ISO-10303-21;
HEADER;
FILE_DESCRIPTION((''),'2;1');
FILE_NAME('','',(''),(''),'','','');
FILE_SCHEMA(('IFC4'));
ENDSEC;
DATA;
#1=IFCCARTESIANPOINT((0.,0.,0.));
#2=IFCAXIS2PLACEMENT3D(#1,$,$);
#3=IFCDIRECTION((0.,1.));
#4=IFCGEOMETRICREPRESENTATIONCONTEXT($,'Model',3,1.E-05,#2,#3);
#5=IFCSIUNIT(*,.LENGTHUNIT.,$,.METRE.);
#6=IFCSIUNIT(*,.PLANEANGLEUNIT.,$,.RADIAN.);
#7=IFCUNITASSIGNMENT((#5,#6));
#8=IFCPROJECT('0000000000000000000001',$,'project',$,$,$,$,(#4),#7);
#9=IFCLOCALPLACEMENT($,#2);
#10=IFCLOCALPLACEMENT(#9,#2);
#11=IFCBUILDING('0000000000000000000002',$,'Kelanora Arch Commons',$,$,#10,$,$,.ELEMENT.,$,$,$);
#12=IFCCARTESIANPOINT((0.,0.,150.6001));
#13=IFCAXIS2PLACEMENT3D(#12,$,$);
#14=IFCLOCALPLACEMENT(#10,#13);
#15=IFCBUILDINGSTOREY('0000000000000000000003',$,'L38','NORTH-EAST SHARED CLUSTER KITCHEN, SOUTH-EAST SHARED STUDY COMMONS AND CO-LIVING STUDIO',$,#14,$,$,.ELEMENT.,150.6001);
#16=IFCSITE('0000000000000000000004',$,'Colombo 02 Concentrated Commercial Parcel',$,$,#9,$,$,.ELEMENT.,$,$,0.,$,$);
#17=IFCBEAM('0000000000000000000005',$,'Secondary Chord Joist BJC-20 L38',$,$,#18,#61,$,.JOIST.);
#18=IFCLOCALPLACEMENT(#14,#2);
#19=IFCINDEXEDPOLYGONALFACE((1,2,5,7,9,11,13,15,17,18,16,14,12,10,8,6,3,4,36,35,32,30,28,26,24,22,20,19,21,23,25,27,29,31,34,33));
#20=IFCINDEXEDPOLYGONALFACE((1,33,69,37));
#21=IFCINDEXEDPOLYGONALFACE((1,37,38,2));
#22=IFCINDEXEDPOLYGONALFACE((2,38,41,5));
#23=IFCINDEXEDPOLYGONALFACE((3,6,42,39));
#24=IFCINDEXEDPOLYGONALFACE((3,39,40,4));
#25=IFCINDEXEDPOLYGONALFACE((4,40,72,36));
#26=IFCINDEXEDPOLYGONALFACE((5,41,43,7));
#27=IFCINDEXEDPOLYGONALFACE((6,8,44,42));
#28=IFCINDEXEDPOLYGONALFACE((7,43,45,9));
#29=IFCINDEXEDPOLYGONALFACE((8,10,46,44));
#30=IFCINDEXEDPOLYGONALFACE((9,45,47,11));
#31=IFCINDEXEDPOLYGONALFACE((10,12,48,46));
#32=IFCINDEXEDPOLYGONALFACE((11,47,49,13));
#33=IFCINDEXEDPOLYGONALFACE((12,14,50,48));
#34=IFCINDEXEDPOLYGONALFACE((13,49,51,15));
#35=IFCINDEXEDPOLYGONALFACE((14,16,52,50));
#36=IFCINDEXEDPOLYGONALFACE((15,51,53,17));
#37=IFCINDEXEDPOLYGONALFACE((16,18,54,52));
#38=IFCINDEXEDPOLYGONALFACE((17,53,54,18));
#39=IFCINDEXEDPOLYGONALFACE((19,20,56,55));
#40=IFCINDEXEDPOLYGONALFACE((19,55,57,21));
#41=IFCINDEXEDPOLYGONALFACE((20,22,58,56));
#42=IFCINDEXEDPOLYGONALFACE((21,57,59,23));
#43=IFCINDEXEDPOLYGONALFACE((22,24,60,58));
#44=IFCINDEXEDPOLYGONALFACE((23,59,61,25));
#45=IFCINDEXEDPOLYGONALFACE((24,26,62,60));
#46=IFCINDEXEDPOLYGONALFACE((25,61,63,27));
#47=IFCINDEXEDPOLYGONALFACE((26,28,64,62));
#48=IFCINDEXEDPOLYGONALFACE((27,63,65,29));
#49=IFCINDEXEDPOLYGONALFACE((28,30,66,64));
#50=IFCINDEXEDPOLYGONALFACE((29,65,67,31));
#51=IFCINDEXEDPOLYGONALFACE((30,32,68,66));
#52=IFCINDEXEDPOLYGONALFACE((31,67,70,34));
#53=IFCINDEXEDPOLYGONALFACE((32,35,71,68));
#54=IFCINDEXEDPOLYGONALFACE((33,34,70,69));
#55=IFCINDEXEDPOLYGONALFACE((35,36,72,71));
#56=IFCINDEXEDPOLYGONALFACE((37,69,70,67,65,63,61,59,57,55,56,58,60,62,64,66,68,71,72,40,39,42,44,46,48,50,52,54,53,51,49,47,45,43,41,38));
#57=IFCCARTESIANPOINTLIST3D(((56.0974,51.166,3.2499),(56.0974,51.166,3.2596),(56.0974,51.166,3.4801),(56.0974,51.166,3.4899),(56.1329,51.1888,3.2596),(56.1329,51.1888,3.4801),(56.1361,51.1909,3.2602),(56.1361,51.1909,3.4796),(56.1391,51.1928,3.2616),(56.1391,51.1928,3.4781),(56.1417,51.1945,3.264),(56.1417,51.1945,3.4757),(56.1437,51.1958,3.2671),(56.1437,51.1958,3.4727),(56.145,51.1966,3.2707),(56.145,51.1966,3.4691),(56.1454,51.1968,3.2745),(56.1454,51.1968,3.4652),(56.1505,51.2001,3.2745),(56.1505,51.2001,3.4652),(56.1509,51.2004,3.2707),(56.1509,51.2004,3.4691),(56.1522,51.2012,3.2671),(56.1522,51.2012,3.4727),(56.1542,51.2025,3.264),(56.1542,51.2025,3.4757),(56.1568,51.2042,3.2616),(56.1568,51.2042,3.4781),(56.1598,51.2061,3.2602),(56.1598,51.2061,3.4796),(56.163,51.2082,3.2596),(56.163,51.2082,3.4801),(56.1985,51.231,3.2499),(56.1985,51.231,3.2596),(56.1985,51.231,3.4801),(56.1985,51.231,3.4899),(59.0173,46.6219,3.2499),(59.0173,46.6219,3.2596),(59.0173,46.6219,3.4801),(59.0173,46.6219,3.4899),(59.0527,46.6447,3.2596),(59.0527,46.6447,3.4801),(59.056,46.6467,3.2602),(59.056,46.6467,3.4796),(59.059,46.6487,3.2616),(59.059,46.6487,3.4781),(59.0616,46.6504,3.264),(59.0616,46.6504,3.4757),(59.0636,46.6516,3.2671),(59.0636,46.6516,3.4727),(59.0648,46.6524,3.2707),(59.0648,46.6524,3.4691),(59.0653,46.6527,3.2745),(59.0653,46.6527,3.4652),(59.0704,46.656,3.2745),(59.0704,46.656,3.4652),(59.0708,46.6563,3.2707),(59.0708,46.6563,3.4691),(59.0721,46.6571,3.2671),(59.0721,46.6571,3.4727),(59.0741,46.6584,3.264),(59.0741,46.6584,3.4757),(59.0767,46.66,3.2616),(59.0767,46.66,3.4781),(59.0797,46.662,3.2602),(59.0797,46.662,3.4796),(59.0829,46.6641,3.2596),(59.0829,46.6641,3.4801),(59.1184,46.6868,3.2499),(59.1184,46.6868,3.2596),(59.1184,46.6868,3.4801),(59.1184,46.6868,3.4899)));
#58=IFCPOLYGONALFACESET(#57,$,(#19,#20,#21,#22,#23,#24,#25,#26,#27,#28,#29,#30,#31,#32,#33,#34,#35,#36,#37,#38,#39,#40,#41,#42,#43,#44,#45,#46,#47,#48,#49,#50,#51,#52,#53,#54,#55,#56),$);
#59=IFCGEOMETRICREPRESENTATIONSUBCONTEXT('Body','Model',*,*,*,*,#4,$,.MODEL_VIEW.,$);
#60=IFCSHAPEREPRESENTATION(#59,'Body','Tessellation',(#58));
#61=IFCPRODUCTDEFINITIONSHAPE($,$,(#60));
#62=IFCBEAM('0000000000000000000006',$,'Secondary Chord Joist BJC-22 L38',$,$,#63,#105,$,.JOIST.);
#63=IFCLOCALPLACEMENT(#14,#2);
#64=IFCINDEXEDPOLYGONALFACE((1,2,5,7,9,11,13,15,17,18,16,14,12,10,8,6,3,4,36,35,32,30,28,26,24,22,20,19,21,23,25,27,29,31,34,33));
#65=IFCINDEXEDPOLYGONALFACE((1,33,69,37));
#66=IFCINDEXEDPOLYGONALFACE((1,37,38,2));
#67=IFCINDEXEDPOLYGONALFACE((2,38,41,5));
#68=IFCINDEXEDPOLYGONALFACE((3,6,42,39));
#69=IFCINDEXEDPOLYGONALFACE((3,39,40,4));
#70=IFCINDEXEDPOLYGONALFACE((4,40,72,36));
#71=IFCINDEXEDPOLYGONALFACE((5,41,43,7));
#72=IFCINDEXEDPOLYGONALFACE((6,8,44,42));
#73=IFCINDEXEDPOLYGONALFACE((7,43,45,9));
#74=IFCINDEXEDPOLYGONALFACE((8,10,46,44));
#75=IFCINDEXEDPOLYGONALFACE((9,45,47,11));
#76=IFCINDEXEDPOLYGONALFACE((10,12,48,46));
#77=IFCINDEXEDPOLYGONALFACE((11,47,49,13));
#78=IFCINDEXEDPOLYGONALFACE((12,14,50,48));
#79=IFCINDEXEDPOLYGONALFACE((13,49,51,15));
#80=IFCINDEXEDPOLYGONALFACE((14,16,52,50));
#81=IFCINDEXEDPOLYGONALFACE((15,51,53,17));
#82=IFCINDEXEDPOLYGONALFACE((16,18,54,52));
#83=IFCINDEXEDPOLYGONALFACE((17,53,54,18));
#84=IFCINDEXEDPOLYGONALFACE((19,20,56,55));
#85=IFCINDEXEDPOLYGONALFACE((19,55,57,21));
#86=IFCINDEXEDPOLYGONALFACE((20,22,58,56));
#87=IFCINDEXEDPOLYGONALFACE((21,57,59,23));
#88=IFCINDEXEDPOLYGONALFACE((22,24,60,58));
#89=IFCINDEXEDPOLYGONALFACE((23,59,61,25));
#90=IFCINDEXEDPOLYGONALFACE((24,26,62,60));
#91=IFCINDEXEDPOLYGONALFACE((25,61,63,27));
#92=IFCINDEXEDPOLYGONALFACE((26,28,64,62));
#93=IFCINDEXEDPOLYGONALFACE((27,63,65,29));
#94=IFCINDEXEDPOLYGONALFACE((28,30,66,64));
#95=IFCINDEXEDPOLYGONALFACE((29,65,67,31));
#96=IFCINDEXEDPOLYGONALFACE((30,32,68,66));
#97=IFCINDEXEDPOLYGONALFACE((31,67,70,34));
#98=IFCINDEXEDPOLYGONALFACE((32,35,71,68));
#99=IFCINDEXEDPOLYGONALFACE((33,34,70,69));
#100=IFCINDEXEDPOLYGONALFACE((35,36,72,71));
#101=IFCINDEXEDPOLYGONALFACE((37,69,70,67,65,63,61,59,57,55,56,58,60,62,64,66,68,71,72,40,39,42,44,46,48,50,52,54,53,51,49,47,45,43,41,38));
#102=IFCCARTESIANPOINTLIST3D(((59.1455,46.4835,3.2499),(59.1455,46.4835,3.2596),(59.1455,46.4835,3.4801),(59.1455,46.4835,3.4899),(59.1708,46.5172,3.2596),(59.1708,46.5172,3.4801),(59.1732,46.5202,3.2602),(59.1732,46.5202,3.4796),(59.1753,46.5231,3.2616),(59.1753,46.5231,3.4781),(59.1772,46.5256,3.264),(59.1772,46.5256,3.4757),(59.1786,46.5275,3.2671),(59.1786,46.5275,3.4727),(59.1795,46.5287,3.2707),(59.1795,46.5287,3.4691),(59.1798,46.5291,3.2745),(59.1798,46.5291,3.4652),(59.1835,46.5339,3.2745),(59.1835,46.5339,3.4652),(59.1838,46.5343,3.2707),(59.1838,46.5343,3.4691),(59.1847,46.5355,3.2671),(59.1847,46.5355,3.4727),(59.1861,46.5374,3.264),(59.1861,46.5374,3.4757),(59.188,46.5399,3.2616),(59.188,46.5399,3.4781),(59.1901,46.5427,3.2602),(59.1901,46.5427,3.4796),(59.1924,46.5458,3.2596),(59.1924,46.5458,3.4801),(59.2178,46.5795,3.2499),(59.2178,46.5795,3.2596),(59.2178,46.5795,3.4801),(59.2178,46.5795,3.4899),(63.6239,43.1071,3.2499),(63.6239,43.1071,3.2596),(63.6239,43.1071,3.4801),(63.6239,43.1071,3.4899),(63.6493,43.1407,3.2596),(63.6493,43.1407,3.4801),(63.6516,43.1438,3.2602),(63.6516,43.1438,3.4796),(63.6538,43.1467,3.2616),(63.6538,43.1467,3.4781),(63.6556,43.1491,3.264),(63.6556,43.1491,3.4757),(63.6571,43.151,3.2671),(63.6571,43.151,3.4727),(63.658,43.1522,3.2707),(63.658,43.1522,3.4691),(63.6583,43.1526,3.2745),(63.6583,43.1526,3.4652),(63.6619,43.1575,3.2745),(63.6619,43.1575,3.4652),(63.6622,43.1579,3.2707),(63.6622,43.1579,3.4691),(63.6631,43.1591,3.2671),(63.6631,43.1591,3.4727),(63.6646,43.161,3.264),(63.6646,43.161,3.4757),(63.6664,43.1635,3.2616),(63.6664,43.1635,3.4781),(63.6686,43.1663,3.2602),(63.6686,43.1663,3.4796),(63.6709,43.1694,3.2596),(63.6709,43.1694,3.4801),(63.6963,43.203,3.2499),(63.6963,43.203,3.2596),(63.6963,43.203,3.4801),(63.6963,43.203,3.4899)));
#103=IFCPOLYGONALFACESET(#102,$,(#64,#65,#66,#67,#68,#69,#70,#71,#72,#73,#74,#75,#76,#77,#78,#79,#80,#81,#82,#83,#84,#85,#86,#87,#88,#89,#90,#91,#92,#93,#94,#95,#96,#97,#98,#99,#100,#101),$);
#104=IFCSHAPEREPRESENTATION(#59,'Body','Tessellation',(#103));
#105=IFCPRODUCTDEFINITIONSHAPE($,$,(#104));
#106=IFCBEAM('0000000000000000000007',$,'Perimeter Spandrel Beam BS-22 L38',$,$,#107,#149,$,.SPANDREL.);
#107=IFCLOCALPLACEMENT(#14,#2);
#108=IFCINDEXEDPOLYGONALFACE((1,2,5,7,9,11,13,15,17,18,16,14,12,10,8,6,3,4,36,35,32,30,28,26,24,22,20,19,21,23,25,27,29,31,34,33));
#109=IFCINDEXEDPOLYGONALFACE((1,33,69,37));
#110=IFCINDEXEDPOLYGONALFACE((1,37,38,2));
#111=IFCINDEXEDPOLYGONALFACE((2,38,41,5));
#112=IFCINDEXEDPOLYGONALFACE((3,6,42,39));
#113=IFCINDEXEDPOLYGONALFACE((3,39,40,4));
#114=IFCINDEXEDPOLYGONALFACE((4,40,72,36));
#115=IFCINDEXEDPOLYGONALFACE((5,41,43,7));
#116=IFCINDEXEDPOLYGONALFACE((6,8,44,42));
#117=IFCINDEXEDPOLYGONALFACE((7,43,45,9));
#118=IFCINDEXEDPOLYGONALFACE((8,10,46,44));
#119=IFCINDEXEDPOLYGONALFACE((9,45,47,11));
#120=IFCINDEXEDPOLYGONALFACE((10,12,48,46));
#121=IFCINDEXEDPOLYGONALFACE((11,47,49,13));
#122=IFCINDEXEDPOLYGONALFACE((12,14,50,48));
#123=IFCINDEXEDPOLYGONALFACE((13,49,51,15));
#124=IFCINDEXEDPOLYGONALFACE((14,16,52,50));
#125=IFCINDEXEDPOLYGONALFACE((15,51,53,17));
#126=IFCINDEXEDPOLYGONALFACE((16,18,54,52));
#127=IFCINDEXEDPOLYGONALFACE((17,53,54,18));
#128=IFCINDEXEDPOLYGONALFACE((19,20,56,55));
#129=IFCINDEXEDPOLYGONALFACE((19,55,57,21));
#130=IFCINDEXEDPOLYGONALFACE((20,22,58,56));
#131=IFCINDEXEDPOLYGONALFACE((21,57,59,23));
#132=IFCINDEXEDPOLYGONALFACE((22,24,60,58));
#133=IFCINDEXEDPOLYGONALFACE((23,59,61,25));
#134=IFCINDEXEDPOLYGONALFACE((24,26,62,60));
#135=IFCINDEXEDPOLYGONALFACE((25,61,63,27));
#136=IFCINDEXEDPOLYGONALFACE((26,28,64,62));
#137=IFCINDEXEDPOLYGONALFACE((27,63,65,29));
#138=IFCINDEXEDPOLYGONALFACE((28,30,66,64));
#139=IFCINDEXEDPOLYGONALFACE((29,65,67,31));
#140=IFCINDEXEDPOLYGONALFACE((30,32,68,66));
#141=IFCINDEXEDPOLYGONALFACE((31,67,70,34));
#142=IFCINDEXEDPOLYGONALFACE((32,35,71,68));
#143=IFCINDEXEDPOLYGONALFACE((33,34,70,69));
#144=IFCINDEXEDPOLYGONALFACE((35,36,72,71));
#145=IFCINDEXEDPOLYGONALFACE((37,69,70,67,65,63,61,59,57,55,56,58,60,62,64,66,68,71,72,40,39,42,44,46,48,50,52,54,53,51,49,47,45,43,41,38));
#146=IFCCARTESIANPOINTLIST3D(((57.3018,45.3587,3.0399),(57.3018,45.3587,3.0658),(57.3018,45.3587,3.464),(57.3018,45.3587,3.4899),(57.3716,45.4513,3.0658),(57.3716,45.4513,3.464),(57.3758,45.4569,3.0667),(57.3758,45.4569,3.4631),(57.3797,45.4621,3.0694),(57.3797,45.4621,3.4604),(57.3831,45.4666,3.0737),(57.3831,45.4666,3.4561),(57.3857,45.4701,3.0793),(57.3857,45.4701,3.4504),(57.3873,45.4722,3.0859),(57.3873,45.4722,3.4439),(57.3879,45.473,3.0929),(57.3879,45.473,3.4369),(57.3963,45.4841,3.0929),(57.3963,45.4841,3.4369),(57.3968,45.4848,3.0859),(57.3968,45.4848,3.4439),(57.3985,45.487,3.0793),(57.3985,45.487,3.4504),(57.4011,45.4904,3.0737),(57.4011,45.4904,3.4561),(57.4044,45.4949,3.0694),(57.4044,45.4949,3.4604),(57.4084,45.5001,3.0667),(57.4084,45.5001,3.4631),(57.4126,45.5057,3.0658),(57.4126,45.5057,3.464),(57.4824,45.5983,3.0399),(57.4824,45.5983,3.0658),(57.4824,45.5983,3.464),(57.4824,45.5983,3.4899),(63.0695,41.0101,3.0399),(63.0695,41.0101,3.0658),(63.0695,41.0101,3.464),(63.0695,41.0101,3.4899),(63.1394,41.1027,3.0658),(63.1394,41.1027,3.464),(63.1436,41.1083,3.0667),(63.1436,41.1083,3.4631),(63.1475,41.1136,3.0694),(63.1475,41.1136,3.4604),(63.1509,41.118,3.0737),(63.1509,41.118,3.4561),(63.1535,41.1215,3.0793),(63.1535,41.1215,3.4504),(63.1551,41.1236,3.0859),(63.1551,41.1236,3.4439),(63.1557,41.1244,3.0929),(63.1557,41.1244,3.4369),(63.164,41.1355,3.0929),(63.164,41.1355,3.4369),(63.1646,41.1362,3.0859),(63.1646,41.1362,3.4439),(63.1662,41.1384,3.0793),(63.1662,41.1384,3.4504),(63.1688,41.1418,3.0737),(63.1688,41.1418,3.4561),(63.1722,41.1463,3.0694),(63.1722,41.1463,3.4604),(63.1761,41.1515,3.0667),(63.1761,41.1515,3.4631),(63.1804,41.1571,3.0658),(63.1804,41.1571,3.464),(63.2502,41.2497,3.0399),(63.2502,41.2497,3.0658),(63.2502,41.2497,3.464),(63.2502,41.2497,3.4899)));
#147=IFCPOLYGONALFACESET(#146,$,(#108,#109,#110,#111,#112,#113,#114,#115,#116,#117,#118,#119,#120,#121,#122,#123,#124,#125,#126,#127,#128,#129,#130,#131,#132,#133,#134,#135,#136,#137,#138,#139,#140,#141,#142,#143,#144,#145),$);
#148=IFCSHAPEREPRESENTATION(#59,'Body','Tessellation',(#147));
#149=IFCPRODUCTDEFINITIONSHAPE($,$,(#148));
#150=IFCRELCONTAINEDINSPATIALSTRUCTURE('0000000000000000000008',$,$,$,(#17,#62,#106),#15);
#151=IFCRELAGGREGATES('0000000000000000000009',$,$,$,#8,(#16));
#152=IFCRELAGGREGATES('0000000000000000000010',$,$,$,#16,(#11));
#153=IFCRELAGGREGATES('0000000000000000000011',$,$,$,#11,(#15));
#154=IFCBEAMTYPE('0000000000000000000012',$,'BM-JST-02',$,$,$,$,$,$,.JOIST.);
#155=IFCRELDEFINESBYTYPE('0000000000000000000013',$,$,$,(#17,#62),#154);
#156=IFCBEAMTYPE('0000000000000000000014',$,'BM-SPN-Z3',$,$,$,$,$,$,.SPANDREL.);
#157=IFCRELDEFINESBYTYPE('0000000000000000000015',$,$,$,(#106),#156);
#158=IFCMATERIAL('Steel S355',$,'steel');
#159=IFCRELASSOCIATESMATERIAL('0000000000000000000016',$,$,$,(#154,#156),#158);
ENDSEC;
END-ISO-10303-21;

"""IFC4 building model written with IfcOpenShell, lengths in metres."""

from ifc_helpers import new_model, si_unit, direction, frame, origin, origin_2d, place, context, subcontext, project, spatial, i_section, extrude, material, material_profile, profile_set, type_object, element, save


model = new_model("IFC4")

# Units and contexts
model_context = context("Model", 3, precision=1e-05, world=origin(), true_north=direction((0.0, 1.0)))
body_context = subcontext(model_context, "Body", "Model", "MODEL_VIEW")
ifc_project = project(units=[si_unit("LENGTHUNIT", "METRE"), si_unit("PLANEANGLEUNIT", "RADIAN")], contexts=[model_context])

# Site, building, storey
site_placement = place(None, origin())
site = spatial("IfcSite", under=ifc_project, at=site_placement, Name="Colombo 02 Concentrated Commercial Parcel", CompositionType="ELEMENT", RefElevation=0.0)
building_placement = place(site_placement, origin())
building = spatial("IfcBuilding", under=site, at=building_placement, Name="Kelanora Arch Commons", CompositionType="ELEMENT")
storey_placement = place(building_placement, frame((0.0, 0.0, 150.6001)))
storey = spatial("IfcBuildingStorey", under=building, at=storey_placement, Name="L38", Description="NORTH-EAST SHARED CLUSTER KITCHEN, SOUTH-EAST SHARED STUDY COMMONS AND CO-LIVING STUDIO", CompositionType="ELEMENT", Elevation=150.6001)

# Beams
ifc_material_1 = material(Name="Steel S355", Category="steel")
ifc_material_profile_1 = material_profile(ifc_material_1, i_section(OverallWidth=0.1201, OverallDepth=0.24, WebThickness=0.0061, FlangeThickness=0.0098, FilletRadius=0.0149, at=origin_2d()), Name="IPE240")
ifc_profile_set_1 = profile_set([ifc_material_profile_1], Name="Steel S355")
beam_type_1 = type_object("IfcBeamType", Name="BM-JST-02", PredefinedType="JOIST", material=ifc_profile_set_1)
beam_1_placement = place(storey_placement, frame((56.1479, 51.1985, 3.3699), z_axis=(0.540582, -0.841292, 0.0), x_axis=(0.841292, 0.540582, 0.0)))
element("IfcBeam", 1, at=beam_1_placement, inside=storey, type_object=beam_type_1, Name="Secondary Chord Joist BJC-20 L38", PredefinedType="JOIST", context=body_context, shape_type="SweptSolid", body=[
    extrude(i_section(OverallWidth=0.1201, OverallDepth=0.24, WebThickness=0.0061, FlangeThickness=0.0098, FilletRadius=0.0149, at=origin_2d()), origin(), (0.0, 0.0, 1.0), 5.4014),
])
beam_2_placement = place(storey_placement, frame((59.1816, 46.5315, 3.3699), z_axis=(0.798493, -0.602004, 0.0), x_axis=(0.602004, 0.798493, 0.0)))
element("IfcBeam", 2, at=beam_2_placement, inside=storey, type_object=beam_type_1, Name="Secondary Chord Joist BJC-22 L38", PredefinedType="JOIST", context=body_context, shape_type="SweptSolid", body=[
    extrude(i_section(OverallWidth=0.1201, OverallDepth=0.24, WebThickness=0.0061, FlangeThickness=0.0098, FilletRadius=0.0149, at=origin_2d()), origin(), (0.0, 0.0, 1.0), 5.6086),
])
ifc_material_profile_2 = material_profile(ifc_material_1, i_section(OverallWidth=0.3, OverallDepth=0.45, WebThickness=0.0139, FlangeThickness=0.0259, FilletRadius=0.0271, at=origin_2d()), Name="HEB450")
ifc_profile_set_2 = profile_set([ifc_material_profile_2], Name="Steel S355")
beam_type_2 = type_object("IfcBeamType", Name="BM-SPN-Z3", PredefinedType="SPANDREL", material=ifc_profile_set_2)
beam_3_placement = place(storey_placement, frame((57.3921, 45.4785, 3.2649), z_axis=(0.798485, -0.602015, 0.0), x_axis=(0.602015, 0.798485, 0.0)))
element("IfcBeam", 3, at=beam_3_placement, inside=storey, type_object=beam_type_2, Name="Perimeter Spandrel Beam BS-22 L38", PredefinedType="SPANDREL", context=body_context, shape_type="SweptSolid", body=[
    extrude(i_section(OverallWidth=0.3, OverallDepth=0.45, WebThickness=0.0139, FlangeThickness=0.0259, FilletRadius=0.0271, at=origin_2d()), origin(), (0.0, 0.0, 1.0), 7.2234),
])

save(model, "model.ifc")
